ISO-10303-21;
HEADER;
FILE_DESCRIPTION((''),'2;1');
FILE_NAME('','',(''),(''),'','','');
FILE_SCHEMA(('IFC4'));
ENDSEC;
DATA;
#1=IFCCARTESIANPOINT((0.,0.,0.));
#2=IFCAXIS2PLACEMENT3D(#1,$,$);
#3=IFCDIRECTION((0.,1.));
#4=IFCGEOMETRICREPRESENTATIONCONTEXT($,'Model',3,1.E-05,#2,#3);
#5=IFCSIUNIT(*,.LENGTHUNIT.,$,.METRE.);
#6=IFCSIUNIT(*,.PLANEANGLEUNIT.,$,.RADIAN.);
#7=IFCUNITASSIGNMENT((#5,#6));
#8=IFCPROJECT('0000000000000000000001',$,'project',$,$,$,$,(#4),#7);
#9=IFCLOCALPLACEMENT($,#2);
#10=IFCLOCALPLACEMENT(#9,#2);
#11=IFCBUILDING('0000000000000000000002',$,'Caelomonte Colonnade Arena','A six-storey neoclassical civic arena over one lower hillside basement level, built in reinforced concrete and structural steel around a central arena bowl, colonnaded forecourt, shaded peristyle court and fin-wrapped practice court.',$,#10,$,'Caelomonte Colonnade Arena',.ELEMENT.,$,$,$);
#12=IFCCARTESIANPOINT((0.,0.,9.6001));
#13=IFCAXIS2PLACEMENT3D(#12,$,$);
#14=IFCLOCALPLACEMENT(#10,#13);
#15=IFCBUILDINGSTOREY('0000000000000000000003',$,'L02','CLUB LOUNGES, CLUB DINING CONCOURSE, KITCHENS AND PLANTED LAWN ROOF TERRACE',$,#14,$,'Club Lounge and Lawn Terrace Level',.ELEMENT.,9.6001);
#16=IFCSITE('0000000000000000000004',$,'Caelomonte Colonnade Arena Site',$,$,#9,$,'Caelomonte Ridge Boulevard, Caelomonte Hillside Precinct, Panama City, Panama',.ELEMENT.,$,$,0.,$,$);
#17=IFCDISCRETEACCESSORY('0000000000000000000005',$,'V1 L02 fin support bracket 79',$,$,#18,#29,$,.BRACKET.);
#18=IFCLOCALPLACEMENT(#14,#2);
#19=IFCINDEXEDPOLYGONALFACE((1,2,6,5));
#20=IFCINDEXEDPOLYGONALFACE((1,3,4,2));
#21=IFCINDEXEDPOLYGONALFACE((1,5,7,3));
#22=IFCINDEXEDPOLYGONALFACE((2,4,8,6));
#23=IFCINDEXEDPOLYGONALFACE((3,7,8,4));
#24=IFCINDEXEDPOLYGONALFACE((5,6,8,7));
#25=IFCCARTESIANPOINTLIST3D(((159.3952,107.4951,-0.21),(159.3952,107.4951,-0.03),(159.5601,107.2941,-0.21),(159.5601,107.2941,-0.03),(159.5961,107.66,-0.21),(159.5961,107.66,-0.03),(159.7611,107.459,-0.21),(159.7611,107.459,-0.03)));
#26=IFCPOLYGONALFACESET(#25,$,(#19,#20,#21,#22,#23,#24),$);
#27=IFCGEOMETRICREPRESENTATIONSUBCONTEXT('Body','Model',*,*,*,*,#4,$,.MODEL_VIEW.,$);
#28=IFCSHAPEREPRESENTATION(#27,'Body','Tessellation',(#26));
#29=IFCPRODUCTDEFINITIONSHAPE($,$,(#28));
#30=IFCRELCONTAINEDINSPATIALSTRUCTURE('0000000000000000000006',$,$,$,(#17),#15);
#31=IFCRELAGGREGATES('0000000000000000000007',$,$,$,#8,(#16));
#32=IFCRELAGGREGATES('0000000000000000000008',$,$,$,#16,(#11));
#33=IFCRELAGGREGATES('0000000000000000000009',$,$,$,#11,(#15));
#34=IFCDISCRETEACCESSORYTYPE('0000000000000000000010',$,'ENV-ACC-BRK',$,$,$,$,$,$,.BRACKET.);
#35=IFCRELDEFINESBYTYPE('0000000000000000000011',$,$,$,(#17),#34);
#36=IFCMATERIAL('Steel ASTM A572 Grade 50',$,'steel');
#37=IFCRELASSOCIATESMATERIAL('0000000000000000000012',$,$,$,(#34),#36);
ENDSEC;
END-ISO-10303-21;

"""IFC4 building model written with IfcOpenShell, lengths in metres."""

from ifc_helpers import new_model, si_unit, direction, frame, origin, origin_2d, place, context, subcontext, project, spatial, rectangle, extrude, material, type_object, element, save


model = new_model("IFC4")

# Units and contexts
model_context = context("Model", 3, precision=1e-05, world=origin(), true_north=direction((0.0, 1.0)))
body_context = subcontext(model_context, "Body", "Model", "MODEL_VIEW")
ifc_project = project(units=[si_unit("LENGTHUNIT", "METRE"), si_unit("PLANEANGLEUNIT", "RADIAN")], contexts=[model_context])

# Site, building, storey
site_placement = place(None, origin())
site = spatial("IfcSite", under=ifc_project, at=site_placement, Name="Caelomonte Colonnade Arena Site", LongName="Caelomonte Ridge Boulevard, Caelomonte Hillside Precinct, Panama City, Panama", CompositionType="ELEMENT", RefElevation=0.0)
building_placement = place(site_placement, origin())
building = spatial("IfcBuilding", under=site, at=building_placement, Name="Caelomonte Colonnade Arena", Description="A six-storey neoclassical civic arena over one lower hillside basement level, built in reinforced concrete and structural steel around a central arena bowl, colonnaded forecourt, shaded peristyle court and fin-wrapped practice court.", LongName="Caelomonte Colonnade Arena", CompositionType="ELEMENT")
storey_placement = place(building_placement, frame((0.0, 0.0, 9.6001)))
storey = spatial("IfcBuildingStorey", under=building, at=storey_placement, Name="L02", Description="CLUB LOUNGES, CLUB DINING CONCOURSE, KITCHENS AND PLANTED LAWN ROOF TERRACE", LongName="Club Lounge and Lawn Terrace Level", CompositionType="ELEMENT", Elevation=9.6001)

# Discrete accessory
ifc_material_1 = material(Name="Steel ASTM A572 Grade 50", Category="steel")
discrete_accessory_type = type_object("IfcDiscreteAccessoryType", Name="ENV-ACC-BRK", PredefinedType="BRACKET", material=ifc_material_1)
discrete_accessory_placement = place(storey_placement, frame((159.5781, 107.4771, -0.21), z_axis=(0.0, 0.0, 1.0), x_axis=(-0.634414, 0.772994, 0.0)))
element("IfcDiscreteAccessory", 1, at=discrete_accessory_placement, inside=storey, type_object=discrete_accessory_type, Name="V1 L02 fin support bracket 79", PredefinedType="BRACKET", context=body_context, shape_type="SweptSolid", body=[
    extrude(rectangle(XDim=0.26, YDim=0.26, at=origin_2d()), origin(), (0.0, 0.0, 1.0), 0.1799),
])

save(model, "model.ifc")
